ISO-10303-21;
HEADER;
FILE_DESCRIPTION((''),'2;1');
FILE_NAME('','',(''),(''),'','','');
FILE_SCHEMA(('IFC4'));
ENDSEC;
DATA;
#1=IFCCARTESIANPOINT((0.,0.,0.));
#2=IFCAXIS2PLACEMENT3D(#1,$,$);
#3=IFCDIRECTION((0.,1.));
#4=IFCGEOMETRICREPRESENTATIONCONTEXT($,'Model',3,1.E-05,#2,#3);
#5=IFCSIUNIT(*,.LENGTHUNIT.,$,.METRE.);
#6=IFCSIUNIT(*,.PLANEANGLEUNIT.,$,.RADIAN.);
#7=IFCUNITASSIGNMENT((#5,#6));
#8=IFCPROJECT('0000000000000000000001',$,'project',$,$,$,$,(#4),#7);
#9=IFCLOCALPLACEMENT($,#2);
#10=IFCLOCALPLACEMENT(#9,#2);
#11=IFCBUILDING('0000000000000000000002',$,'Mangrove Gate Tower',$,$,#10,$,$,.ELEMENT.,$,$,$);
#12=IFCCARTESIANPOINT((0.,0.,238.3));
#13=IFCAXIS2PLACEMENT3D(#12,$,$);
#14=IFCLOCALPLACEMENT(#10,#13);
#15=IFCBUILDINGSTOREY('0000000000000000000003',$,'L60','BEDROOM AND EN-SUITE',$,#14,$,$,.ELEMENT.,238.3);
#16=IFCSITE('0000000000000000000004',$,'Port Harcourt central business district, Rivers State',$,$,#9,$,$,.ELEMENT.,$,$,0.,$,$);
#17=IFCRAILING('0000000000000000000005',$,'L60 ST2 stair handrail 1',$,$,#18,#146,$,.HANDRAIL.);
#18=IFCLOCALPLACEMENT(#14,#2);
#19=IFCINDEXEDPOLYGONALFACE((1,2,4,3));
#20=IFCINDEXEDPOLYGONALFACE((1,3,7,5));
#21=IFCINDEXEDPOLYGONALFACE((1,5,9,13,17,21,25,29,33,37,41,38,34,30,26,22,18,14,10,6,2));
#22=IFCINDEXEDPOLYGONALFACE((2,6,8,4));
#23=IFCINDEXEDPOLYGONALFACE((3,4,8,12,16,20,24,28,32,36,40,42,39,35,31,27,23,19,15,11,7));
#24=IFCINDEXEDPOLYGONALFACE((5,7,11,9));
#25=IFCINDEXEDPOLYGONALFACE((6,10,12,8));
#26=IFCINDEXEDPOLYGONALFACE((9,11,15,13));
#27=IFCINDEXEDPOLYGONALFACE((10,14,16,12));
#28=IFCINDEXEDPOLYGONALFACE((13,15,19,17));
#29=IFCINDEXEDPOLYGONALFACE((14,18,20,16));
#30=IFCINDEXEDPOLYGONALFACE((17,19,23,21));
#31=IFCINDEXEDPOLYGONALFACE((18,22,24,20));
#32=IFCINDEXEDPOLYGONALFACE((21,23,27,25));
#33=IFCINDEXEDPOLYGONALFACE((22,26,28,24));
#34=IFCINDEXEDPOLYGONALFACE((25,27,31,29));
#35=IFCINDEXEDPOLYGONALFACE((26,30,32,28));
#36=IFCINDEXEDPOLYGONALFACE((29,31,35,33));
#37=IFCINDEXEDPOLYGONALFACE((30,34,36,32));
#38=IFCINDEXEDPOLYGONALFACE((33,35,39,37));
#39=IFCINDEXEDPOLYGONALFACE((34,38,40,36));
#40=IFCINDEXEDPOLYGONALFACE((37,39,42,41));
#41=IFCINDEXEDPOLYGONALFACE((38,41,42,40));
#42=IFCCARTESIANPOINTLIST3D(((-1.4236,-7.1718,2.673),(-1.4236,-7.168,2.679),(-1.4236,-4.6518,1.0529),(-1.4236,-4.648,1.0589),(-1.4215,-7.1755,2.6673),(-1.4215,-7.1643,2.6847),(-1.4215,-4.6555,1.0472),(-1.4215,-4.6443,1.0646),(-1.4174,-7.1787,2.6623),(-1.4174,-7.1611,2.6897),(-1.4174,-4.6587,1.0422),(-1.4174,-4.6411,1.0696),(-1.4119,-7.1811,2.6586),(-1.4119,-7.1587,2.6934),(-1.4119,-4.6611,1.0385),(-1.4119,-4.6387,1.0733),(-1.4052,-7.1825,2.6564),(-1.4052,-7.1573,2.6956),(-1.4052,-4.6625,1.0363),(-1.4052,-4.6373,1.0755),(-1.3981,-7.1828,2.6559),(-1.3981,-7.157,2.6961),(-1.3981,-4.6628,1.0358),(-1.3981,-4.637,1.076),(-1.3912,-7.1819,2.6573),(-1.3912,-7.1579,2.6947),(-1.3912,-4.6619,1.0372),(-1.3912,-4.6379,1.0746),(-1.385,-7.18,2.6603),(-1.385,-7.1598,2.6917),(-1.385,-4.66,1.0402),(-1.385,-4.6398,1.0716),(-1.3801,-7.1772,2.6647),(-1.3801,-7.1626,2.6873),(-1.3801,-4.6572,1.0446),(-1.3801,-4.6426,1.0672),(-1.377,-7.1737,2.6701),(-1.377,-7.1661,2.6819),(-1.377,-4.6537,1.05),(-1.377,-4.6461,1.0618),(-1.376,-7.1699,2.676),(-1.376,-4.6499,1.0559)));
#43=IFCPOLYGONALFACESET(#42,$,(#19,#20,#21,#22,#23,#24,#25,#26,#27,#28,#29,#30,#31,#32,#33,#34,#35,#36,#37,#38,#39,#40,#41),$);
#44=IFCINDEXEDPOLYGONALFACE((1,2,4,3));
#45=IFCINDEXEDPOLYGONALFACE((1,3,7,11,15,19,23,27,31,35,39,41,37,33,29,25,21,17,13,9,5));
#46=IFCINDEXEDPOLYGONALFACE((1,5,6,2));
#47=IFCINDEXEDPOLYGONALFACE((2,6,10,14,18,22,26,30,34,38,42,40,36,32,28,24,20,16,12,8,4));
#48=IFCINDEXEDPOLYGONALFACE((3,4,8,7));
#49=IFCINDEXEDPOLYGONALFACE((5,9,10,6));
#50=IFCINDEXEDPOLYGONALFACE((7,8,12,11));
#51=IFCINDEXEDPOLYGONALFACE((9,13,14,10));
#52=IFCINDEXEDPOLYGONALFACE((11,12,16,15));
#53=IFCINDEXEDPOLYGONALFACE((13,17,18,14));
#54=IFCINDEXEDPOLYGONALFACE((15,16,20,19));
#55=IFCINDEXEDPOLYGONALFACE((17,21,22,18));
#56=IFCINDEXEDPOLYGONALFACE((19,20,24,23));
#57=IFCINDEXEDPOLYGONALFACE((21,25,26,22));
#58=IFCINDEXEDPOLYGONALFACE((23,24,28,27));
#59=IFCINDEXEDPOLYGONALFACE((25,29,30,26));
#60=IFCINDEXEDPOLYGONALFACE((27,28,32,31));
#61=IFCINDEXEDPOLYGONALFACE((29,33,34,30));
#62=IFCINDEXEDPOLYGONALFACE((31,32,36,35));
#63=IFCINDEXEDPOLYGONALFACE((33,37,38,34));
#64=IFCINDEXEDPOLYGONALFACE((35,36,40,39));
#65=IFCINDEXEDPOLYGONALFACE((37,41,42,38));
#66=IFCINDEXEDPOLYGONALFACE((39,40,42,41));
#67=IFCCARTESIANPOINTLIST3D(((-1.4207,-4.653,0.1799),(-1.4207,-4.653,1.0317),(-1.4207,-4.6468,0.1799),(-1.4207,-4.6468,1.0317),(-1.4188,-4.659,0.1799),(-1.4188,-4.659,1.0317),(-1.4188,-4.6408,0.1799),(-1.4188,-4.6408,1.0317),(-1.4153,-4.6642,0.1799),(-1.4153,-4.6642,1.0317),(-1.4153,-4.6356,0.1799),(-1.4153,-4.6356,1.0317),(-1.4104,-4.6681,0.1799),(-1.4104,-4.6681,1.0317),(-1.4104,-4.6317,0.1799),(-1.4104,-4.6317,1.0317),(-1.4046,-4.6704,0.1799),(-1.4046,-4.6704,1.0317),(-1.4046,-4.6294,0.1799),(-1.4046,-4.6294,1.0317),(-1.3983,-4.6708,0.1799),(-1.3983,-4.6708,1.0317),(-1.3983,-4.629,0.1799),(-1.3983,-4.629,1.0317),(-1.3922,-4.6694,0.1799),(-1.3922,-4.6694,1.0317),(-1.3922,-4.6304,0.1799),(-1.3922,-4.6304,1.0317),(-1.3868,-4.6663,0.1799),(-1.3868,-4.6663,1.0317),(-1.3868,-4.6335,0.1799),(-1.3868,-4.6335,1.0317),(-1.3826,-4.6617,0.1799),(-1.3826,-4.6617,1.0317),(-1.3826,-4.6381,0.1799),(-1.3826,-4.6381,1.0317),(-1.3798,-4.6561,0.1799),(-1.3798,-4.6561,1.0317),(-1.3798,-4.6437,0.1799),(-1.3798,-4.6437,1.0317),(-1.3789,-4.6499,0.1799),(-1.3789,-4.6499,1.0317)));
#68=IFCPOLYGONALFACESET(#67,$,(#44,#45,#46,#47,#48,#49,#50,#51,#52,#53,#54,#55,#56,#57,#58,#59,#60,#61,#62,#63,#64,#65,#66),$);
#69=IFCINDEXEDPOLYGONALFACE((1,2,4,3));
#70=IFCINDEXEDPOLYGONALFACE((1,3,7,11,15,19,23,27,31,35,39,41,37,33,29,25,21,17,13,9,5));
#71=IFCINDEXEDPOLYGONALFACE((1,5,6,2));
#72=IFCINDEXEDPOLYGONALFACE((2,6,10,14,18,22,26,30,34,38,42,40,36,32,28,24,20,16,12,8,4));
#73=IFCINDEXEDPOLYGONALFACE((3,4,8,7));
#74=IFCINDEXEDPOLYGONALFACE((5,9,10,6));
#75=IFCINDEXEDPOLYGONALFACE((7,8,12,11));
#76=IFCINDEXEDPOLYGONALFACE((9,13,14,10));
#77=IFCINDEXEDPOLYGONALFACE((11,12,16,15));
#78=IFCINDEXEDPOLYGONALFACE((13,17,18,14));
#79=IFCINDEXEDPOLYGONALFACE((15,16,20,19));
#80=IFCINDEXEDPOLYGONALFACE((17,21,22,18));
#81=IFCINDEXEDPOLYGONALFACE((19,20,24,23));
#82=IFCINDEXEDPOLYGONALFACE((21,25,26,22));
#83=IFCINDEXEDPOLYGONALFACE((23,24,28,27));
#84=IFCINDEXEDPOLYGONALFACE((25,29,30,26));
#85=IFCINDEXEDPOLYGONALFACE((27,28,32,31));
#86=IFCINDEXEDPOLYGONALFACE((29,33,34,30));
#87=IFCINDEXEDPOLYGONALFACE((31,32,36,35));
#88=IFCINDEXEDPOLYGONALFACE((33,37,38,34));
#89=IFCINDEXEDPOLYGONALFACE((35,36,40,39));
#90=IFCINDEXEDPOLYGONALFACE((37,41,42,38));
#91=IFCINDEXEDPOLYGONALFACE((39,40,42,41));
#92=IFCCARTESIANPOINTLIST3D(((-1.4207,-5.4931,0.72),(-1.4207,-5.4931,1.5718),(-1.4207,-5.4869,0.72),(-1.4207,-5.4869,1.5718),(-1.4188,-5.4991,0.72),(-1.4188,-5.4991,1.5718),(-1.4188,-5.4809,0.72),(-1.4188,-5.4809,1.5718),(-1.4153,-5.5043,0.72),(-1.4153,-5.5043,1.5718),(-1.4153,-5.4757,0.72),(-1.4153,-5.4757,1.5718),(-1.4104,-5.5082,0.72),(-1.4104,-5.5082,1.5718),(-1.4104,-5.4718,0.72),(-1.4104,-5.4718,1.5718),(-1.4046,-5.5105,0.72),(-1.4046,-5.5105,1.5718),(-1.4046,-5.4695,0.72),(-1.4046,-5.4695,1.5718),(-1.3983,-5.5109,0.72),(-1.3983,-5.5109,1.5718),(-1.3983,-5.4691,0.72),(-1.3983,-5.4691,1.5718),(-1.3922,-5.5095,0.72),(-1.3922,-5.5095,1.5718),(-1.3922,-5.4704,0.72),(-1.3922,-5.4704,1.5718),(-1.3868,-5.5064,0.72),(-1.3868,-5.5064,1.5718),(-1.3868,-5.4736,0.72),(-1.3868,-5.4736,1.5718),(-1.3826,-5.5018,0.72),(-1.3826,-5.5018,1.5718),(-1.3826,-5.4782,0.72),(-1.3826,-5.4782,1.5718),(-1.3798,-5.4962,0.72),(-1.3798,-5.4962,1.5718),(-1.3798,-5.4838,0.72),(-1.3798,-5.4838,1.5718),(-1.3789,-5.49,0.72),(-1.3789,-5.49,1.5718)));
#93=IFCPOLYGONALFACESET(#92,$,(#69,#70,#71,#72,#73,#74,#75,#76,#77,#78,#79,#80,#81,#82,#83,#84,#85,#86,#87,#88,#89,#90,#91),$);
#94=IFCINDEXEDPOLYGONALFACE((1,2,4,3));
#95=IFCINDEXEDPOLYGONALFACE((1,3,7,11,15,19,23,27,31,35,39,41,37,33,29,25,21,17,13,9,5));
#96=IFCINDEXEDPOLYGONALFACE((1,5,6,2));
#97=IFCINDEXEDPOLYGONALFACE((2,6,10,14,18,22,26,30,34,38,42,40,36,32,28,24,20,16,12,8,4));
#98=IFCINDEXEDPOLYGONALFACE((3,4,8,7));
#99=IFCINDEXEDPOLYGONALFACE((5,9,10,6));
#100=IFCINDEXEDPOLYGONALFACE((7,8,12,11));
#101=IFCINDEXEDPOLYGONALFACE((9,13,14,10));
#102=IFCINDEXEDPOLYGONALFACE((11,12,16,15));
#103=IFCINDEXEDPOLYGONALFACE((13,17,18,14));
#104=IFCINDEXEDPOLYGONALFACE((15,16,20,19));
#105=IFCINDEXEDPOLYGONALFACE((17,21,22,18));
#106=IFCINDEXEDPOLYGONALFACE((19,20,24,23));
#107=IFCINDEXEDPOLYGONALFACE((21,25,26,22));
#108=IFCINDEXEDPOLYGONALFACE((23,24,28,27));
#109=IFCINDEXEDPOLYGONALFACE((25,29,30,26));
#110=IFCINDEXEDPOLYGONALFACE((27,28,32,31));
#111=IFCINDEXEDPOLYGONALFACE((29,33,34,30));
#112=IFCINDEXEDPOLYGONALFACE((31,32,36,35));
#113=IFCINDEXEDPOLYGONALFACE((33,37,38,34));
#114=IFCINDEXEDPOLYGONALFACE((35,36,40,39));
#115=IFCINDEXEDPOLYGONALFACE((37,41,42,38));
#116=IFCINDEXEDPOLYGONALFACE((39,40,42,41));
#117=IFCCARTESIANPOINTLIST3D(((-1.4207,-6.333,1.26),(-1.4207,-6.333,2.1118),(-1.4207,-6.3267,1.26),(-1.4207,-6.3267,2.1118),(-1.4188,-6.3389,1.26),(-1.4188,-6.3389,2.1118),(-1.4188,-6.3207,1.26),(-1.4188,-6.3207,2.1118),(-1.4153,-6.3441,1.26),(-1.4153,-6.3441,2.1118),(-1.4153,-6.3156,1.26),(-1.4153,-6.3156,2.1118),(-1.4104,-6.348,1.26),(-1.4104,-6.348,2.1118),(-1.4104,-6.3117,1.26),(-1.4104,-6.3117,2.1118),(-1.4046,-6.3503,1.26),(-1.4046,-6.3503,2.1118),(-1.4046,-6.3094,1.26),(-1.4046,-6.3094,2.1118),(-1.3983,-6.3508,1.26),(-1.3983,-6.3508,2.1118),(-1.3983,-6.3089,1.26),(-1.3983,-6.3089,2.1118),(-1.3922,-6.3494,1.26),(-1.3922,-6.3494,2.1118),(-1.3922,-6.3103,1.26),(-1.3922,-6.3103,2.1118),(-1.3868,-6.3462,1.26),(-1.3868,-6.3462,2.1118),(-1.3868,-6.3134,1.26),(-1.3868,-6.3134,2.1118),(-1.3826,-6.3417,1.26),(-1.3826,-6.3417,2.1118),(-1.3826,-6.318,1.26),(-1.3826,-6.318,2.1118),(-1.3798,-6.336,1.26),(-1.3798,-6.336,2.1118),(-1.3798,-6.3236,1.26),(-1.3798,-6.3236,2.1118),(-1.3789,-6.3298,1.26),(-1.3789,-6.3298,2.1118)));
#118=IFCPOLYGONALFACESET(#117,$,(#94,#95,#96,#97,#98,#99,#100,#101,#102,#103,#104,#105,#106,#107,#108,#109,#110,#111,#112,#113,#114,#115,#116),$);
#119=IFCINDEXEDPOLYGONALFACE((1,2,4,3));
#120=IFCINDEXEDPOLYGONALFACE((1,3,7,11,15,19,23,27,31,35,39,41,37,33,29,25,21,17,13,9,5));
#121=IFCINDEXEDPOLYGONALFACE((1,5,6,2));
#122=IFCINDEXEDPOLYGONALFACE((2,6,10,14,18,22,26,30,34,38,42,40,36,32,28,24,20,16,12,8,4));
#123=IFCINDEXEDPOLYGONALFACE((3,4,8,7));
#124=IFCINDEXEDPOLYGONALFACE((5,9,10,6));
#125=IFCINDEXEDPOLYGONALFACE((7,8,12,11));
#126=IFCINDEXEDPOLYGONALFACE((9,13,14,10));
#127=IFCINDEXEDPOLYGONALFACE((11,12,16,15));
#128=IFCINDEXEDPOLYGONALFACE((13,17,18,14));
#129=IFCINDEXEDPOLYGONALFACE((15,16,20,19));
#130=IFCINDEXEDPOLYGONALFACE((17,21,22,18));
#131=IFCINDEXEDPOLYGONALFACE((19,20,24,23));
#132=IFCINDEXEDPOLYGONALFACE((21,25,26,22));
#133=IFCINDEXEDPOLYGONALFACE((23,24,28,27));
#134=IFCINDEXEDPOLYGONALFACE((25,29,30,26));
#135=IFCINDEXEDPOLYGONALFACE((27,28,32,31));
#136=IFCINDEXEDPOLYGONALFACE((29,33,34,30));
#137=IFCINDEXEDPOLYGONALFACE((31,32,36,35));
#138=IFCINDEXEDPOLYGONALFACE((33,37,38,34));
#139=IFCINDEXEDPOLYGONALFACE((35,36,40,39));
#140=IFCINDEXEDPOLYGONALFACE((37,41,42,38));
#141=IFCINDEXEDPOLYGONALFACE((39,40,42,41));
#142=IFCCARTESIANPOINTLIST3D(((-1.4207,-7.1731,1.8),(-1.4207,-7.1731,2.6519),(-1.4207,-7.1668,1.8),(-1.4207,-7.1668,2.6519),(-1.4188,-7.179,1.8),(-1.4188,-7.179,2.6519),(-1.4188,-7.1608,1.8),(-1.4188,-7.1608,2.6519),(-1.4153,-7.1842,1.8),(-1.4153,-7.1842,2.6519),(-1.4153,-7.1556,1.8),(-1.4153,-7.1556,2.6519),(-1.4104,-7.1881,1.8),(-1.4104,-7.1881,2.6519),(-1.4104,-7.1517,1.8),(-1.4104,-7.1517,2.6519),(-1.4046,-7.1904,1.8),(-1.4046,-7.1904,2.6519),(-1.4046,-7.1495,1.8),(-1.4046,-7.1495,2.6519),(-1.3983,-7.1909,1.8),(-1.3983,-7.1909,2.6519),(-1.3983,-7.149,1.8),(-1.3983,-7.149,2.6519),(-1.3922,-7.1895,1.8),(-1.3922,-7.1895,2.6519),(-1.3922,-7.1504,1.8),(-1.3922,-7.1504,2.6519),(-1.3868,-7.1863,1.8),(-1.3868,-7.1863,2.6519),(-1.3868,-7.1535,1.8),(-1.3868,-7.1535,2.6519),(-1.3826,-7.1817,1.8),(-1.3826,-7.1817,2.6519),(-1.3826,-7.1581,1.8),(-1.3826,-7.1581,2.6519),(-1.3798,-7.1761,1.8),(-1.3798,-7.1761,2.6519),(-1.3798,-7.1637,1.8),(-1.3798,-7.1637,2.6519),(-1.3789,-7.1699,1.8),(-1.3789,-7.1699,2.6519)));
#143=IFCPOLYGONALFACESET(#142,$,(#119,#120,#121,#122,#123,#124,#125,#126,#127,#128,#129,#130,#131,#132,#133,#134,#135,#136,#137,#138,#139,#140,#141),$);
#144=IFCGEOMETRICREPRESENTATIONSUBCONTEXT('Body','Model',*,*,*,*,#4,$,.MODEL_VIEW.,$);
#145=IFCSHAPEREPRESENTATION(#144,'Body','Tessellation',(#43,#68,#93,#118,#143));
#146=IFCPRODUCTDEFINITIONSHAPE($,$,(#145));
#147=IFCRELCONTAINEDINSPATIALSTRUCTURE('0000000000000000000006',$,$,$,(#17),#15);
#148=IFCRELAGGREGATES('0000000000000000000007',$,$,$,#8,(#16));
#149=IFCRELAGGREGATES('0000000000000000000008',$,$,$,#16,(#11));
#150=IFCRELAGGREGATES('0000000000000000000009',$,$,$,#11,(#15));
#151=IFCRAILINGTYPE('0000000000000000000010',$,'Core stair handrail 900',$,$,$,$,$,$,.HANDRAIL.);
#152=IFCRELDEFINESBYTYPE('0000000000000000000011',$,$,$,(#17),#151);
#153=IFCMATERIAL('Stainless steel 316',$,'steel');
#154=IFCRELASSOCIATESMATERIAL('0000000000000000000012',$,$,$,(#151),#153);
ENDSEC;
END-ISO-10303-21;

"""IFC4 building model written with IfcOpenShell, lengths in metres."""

from ifc_helpers import new_model, si_unit, direction, frame, origin, origin_2d, place, context, subcontext, project, spatial, circle, extrude, material, type_object, element, save


model = new_model("IFC4")

# Units and contexts
model_context = context("Model", 3, precision=1e-05, world=origin(), true_north=direction((0.0, 1.0)))
body_context = subcontext(model_context, "Body", "Model", "MODEL_VIEW")
ifc_project = project(units=[si_unit("LENGTHUNIT", "METRE"), si_unit("PLANEANGLEUNIT", "RADIAN")], contexts=[model_context])

# Site, building, storey
site_placement = place(None, origin())
site = spatial("IfcSite", under=ifc_project, at=site_placement, Name="Port Harcourt central business district, Rivers State", CompositionType="ELEMENT", RefElevation=0.0)
building_placement = place(site_placement, origin())
building = spatial("IfcBuilding", under=site, at=building_placement, Name="Mangrove Gate Tower", CompositionType="ELEMENT")
storey_placement = place(building_placement, frame((0.0, 0.0, 238.3)))
storey = spatial("IfcBuildingStorey", under=building, at=storey_placement, Name="L60", Description="BEDROOM AND EN-SUITE", CompositionType="ELEMENT", Elevation=238.3)

# Railing
ifc_material_1 = material(Name="Stainless steel 316", Category="steel")
railing_type_1 = type_object("IfcRailingType", Name="Core stair handrail 900", PredefinedType="HANDRAIL", material=ifc_material_1)
railing_1_placement = place(storey_placement, frame((-1.3999, -4.6499, 0.1799)))
element("IfcRailing", 1, at=railing_1_placement, inside=storey, type_object=railing_type_1, Name="L60 ST2 stair handrail 1", PredefinedType="HANDRAIL", context=body_context, shape_type="SweptSolid", body=[
    extrude(circle(Radius=0.0239, at=origin_2d()), frame((0.0, 0.0, 0.876), z_axis=(0.0, -0.841163, 0.540782), x_axis=(1.0, 0.0, 0.0)), (0.0, 0.0, 1.0), 2.9958),
    extrude(circle(Radius=0.021, at=origin_2d()), origin(), (0.0, 0.0, 1.0), 0.8518),
    extrude(circle(Radius=0.021, at=origin_2d()), frame((0.0, -0.8401, 0.54)), (0.0, 0.0, 1.0), 0.8518),
    extrude(circle(Radius=0.021, at=origin_2d()), frame((0.0, -1.6799, 1.0801)), (0.0, 0.0, 1.0), 0.8518),
    extrude(circle(Radius=0.021, at=origin_2d()), frame((0.0, -2.52, 1.6201)), (0.0, 0.0, 1.0), 0.8518),
])

save(model, "model.ifc")
